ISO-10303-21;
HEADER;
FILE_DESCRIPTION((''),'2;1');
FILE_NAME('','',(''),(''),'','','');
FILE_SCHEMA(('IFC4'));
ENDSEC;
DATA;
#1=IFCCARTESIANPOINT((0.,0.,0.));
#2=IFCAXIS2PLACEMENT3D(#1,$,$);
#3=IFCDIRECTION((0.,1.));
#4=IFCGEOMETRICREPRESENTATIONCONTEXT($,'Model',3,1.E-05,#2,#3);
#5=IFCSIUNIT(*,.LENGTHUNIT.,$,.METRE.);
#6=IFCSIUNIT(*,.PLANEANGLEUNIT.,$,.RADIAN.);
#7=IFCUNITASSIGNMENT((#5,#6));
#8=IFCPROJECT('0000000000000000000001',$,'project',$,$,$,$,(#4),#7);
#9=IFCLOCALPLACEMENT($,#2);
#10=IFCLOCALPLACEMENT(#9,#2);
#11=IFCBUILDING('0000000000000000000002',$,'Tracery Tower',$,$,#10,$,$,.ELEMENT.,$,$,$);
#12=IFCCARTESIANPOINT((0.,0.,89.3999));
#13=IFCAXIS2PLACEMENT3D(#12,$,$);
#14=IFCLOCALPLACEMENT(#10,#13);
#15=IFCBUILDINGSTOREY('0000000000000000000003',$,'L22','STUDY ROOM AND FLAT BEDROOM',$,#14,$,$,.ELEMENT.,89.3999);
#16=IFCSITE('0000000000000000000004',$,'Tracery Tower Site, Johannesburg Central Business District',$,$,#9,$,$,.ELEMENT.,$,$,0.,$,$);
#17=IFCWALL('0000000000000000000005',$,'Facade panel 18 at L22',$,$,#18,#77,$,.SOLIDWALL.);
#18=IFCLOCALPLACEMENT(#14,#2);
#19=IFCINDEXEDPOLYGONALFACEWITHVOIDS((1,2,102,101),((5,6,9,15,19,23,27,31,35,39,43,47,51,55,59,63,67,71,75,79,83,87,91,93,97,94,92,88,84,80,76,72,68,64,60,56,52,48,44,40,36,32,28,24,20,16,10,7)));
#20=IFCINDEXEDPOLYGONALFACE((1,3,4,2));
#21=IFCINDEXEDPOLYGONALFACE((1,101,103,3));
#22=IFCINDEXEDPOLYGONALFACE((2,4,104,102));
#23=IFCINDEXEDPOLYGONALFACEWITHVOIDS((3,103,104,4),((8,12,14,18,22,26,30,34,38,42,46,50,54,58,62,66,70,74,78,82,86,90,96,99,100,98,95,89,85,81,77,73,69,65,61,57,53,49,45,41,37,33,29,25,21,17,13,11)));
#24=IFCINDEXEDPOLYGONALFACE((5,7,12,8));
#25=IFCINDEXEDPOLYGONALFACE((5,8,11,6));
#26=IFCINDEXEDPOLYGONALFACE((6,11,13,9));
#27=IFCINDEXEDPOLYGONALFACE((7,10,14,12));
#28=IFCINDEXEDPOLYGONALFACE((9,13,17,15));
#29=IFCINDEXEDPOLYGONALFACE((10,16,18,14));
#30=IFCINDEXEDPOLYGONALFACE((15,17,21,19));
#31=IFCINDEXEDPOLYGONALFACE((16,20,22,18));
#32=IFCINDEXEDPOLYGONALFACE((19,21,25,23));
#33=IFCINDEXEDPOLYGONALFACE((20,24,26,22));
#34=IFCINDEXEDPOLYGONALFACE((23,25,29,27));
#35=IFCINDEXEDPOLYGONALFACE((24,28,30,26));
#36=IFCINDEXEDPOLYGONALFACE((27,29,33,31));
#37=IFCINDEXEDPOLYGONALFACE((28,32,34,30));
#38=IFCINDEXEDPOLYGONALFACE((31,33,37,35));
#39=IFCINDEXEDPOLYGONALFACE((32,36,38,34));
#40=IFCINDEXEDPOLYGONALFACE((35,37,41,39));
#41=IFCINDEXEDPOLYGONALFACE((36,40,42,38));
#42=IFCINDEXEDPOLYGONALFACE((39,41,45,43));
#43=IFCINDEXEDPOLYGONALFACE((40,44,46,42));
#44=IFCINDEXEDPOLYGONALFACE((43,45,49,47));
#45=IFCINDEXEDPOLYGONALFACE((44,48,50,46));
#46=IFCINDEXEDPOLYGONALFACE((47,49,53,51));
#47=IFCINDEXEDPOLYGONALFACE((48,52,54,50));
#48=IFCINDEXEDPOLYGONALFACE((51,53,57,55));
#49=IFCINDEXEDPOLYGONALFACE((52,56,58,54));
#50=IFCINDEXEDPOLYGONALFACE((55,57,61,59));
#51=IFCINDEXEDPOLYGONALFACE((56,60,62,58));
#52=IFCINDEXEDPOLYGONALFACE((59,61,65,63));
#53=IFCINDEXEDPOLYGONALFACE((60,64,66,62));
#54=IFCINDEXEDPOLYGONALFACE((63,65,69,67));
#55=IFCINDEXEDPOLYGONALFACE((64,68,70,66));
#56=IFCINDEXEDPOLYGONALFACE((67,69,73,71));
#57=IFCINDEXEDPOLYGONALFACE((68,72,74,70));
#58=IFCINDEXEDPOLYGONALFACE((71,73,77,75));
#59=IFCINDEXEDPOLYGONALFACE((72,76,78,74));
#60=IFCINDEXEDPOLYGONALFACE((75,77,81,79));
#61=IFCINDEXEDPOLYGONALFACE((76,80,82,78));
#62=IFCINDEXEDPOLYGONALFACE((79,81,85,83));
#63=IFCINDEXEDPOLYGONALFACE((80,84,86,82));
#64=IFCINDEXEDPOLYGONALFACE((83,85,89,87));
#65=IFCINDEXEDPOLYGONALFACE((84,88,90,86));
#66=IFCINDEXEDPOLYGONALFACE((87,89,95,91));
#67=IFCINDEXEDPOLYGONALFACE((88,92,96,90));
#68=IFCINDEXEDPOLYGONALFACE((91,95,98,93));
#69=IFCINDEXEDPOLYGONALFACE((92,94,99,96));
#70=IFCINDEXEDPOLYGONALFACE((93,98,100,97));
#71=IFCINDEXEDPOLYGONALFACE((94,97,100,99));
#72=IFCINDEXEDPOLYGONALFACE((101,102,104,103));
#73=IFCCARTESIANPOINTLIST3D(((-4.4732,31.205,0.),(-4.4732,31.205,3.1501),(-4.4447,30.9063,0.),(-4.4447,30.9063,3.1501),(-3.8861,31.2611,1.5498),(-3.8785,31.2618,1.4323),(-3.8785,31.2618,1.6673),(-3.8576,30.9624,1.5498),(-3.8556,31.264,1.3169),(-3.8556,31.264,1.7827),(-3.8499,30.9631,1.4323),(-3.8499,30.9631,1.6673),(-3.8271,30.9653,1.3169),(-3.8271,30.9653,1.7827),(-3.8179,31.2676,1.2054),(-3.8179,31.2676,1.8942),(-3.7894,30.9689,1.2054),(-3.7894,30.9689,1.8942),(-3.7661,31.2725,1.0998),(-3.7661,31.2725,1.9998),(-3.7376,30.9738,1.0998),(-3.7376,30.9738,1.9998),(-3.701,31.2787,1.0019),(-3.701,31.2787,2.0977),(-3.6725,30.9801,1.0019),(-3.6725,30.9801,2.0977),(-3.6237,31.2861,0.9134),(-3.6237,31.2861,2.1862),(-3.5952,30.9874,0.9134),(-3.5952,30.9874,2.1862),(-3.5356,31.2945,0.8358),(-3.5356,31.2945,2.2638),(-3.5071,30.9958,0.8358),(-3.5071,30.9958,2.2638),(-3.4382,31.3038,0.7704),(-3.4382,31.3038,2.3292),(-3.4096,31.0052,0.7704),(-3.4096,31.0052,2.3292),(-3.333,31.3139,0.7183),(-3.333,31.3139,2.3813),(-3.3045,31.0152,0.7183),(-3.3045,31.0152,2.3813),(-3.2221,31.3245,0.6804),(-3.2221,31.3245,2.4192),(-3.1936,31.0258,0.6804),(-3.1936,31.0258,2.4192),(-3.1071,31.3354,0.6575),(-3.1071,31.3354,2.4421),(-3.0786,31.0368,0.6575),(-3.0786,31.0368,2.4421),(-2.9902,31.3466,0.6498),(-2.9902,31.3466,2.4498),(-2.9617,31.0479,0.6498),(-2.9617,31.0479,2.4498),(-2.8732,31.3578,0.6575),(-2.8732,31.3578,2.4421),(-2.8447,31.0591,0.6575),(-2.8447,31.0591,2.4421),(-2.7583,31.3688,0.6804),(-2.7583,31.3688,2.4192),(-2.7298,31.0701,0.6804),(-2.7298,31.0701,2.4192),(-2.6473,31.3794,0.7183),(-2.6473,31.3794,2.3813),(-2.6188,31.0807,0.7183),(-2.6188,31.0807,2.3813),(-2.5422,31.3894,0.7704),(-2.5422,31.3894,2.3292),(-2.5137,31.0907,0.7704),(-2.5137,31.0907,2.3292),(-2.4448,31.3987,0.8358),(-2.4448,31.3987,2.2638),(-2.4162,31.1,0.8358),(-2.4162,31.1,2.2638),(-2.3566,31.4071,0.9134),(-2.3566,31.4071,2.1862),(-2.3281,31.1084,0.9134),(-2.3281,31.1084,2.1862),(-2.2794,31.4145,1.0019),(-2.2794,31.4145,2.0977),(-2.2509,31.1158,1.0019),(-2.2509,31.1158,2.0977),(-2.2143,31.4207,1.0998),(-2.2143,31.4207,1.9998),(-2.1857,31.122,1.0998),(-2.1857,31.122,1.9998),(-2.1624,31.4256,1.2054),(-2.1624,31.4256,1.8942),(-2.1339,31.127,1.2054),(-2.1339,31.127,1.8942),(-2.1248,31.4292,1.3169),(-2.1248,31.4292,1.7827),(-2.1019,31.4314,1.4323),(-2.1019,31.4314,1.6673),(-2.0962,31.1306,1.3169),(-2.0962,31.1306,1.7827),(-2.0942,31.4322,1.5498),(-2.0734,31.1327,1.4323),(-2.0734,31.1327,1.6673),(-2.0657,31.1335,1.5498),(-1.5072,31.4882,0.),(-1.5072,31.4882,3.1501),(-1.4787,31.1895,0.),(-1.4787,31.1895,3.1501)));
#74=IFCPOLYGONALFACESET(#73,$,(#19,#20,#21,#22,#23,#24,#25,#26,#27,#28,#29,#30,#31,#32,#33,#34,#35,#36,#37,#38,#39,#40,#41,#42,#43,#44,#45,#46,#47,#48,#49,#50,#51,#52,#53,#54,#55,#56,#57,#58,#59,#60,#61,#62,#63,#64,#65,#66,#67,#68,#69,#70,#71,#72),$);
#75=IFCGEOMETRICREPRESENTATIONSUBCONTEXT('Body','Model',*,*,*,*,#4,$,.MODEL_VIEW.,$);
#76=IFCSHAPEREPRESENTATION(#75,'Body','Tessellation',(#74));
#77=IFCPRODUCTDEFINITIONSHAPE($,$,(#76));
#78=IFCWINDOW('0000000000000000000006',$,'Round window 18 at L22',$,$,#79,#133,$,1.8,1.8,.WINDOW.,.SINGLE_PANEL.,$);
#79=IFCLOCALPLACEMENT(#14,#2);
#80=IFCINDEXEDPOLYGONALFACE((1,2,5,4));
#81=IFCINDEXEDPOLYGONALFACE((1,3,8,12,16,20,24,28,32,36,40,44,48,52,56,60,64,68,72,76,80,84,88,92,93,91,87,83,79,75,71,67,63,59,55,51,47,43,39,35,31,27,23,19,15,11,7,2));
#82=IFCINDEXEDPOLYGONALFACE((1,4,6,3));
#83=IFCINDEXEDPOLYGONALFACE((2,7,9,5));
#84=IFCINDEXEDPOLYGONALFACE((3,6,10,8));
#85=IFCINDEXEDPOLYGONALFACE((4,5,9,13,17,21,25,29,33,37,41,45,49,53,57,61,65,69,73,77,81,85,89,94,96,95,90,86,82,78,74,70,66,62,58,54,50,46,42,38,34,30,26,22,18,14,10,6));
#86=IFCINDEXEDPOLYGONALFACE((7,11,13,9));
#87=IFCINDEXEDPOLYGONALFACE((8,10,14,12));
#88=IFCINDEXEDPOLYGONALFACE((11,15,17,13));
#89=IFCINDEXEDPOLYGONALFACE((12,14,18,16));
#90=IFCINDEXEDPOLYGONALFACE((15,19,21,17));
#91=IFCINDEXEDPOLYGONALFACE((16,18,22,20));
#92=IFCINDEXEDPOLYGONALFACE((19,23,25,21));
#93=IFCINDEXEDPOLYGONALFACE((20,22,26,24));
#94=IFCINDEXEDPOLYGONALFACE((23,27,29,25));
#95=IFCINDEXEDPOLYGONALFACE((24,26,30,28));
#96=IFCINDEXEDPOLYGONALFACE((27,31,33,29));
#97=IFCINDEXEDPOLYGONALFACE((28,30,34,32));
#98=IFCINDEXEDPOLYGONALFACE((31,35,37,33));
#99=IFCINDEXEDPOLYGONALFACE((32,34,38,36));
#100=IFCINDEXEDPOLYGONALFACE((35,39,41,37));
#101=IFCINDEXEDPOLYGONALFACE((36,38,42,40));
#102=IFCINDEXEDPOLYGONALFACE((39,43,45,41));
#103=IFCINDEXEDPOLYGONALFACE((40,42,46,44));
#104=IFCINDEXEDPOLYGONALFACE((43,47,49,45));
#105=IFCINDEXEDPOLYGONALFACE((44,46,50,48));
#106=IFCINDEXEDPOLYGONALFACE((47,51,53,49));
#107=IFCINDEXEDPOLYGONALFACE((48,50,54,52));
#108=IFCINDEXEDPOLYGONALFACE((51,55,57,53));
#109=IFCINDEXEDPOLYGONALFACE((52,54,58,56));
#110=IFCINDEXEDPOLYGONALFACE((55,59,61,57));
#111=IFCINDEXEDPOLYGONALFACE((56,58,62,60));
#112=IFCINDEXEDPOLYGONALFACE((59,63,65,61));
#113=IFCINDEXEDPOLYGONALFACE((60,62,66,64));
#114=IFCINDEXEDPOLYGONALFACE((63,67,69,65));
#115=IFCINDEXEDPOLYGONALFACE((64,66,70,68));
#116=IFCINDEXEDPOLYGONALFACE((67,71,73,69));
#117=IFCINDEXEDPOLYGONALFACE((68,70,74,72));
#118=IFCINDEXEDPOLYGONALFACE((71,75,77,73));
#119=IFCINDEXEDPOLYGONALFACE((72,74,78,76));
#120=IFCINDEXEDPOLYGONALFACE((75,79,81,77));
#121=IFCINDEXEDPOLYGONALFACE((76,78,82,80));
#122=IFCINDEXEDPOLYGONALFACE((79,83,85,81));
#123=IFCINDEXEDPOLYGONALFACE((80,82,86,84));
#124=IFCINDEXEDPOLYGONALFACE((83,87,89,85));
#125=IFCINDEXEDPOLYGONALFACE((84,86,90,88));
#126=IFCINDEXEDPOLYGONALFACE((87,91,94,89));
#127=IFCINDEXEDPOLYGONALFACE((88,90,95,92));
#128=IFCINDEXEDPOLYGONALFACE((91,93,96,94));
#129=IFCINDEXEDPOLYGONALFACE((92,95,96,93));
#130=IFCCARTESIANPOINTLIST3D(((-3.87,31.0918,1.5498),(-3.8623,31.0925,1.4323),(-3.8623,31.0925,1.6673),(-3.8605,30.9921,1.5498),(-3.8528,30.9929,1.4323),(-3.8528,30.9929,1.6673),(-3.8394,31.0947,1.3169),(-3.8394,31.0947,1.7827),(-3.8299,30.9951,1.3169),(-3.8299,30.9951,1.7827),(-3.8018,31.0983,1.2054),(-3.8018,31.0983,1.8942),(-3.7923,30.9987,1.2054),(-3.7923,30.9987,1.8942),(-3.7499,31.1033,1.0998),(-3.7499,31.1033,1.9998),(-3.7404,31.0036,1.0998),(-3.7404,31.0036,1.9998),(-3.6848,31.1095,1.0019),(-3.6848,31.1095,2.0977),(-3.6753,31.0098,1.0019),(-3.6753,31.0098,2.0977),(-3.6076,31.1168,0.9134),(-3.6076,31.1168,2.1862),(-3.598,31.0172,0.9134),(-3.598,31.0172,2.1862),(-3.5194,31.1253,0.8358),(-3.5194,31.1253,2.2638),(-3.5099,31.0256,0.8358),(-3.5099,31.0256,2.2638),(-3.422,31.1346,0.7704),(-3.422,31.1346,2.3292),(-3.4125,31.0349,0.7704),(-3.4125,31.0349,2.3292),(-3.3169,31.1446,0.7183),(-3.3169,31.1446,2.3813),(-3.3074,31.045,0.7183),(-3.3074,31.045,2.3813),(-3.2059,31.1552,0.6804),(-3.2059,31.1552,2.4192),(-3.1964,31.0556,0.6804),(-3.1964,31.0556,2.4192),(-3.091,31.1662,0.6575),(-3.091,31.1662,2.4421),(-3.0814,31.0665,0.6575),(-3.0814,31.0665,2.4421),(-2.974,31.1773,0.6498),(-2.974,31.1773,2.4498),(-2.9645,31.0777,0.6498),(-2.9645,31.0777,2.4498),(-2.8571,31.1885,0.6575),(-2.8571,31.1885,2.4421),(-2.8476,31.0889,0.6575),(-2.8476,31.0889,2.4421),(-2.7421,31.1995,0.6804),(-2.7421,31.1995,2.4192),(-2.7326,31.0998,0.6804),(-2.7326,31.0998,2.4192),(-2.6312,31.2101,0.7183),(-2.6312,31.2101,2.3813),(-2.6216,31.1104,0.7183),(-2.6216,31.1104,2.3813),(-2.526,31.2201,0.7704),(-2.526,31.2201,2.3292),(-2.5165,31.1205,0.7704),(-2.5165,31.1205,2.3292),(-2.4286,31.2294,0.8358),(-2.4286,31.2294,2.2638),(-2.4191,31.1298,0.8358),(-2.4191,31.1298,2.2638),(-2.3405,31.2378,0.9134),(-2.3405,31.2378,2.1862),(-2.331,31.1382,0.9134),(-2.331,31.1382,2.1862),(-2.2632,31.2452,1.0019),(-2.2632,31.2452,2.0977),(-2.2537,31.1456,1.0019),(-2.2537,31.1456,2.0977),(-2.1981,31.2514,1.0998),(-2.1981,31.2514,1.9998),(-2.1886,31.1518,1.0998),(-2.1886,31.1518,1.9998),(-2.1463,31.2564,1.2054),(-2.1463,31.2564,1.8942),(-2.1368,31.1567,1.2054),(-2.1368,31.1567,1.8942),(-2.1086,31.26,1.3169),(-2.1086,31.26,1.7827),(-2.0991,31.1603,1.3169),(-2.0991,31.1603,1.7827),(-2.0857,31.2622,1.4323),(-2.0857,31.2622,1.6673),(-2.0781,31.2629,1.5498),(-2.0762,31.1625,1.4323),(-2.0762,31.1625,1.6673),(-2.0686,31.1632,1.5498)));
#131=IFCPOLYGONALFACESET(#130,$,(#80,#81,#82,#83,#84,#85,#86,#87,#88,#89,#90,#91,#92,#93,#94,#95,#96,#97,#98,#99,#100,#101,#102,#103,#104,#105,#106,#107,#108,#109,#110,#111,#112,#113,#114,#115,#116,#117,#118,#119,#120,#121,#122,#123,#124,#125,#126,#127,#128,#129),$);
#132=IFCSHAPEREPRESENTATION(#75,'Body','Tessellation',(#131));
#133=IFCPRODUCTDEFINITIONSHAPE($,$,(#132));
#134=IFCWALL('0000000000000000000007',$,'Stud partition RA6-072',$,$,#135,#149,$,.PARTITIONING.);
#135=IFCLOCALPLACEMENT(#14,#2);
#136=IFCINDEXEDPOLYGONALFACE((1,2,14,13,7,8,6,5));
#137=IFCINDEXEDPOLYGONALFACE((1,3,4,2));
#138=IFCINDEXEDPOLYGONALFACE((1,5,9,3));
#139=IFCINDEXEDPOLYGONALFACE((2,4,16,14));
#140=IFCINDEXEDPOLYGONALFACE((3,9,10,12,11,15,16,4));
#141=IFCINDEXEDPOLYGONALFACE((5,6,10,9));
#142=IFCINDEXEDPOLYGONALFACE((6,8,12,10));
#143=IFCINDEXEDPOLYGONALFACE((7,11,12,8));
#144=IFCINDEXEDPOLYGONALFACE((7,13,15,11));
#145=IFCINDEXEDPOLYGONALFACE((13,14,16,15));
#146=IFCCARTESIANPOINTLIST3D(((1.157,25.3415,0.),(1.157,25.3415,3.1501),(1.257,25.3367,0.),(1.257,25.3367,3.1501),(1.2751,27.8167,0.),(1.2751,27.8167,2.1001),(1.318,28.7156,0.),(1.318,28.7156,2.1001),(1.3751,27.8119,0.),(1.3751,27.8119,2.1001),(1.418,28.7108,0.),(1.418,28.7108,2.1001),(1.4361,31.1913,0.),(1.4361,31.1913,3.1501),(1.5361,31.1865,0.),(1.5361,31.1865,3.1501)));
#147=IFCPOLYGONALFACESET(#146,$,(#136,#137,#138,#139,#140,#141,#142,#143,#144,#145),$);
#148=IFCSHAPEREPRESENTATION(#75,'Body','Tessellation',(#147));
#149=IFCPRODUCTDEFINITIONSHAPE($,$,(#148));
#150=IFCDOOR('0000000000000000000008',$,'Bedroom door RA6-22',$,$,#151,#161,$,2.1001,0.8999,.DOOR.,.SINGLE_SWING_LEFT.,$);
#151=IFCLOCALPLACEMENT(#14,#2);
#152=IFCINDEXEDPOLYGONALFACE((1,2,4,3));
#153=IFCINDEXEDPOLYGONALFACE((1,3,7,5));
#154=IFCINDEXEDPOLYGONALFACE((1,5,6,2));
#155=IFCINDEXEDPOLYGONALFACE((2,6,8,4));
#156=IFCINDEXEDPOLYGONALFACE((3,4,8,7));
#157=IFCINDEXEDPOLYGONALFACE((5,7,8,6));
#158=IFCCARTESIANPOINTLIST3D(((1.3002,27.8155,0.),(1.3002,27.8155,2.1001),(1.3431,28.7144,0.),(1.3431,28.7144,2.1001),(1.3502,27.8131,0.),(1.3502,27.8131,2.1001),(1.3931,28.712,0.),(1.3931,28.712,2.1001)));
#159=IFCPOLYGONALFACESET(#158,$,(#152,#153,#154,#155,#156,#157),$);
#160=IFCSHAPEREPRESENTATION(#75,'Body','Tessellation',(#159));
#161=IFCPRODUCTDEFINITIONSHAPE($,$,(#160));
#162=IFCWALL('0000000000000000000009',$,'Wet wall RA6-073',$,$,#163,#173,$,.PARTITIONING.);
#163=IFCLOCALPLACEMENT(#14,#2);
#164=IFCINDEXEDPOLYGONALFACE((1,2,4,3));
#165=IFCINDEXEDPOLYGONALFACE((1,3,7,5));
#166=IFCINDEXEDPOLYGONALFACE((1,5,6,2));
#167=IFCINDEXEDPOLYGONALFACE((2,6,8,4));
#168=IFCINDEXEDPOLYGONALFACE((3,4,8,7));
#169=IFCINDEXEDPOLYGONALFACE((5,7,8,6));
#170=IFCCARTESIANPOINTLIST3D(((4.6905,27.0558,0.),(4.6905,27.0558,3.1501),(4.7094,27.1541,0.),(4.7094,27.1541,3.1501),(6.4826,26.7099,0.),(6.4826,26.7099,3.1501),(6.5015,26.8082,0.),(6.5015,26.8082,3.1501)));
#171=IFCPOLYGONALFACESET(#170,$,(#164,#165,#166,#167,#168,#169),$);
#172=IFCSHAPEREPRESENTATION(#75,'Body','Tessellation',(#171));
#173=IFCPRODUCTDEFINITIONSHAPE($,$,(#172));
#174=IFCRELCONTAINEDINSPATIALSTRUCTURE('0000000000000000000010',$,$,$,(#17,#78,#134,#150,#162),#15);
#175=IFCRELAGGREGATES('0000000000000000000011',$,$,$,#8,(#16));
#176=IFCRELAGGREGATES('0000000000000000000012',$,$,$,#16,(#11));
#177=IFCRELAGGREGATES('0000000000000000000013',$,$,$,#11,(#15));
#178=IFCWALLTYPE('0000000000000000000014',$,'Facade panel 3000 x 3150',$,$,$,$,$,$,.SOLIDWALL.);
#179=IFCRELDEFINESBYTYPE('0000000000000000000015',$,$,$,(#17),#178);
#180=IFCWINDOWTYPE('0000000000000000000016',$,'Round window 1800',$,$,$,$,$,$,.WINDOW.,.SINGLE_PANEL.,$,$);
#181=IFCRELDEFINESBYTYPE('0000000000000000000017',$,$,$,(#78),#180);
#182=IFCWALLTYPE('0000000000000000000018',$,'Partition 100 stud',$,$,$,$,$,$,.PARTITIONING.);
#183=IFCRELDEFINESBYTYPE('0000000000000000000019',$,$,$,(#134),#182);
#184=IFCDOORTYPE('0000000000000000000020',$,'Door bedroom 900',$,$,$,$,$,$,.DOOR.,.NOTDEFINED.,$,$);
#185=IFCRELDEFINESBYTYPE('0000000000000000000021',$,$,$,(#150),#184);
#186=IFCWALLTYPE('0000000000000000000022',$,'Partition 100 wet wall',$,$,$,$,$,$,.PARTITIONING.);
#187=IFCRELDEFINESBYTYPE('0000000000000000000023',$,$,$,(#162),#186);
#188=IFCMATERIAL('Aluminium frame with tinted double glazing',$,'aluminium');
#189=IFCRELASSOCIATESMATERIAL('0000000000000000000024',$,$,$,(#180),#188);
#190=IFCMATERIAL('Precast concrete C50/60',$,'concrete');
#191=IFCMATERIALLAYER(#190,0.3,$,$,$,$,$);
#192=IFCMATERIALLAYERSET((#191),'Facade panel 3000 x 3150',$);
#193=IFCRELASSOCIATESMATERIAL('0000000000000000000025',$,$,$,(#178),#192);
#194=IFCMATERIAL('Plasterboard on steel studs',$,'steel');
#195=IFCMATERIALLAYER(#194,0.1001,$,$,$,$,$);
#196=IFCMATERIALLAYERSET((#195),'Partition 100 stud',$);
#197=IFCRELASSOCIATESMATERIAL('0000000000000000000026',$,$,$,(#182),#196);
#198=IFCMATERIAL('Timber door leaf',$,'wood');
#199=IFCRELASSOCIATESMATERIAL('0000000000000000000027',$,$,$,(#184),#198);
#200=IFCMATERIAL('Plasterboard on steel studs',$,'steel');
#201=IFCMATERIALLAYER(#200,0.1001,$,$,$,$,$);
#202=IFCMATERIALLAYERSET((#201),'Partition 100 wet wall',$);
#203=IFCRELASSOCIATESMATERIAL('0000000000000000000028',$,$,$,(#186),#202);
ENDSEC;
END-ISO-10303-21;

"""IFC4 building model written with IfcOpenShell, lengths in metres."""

from ifc_helpers import new_model, si_unit, direction, frame, frame_2d, origin, origin_2d, place, context, subcontext, project, spatial, rectangle, circle, extrude, material, layer, layer_set, type_object, element, fill, save


model = new_model("IFC4")

# Units and contexts
model_context = context("Model", 3, precision=1e-05, world=origin(), true_north=direction((0.0, 1.0)))
body_context = subcontext(model_context, "Body", "Model", "MODEL_VIEW")
ifc_project = project(units=[si_unit("LENGTHUNIT", "METRE"), si_unit("PLANEANGLEUNIT", "RADIAN")], contexts=[model_context])

# Site, building, storey
site_placement = place(None, origin())
site = spatial("IfcSite", under=ifc_project, at=site_placement, Name="Tracery Tower Site, Johannesburg Central Business District", CompositionType="ELEMENT", RefElevation=0.0)
building_placement = place(site_placement, origin())
building = spatial("IfcBuilding", under=site, at=building_placement, Name="Tracery Tower", CompositionType="ELEMENT")
storey_placement = place(building_placement, frame((0.0, 0.0, 89.3999)))
storey = spatial("IfcBuildingStorey", under=building, at=storey_placement, Name="L22", Description="STUDY ROOM AND FLAT BEDROOM", CompositionType="ELEMENT", Elevation=89.3999)

# Wall, opening, window
ifc_material_1 = material(Name="Aluminium frame with tinted double glazing", Category="aluminium")
window_type = type_object("IfcWindowType", Name="Round window 1800", PartitioningType="SINGLE_PANEL", PredefinedType="WINDOW", material=ifc_material_1)
ifc_material_2 = material(Name="Precast concrete C50/60", Category="concrete")
ifc_layer_1 = layer(ifc_material_2, 0.3)
ifc_layer_set_1 = layer_set([ifc_layer_1], Name="Facade panel 3000 x 3150")
wall_type_1 = type_object("IfcWallType", Name="Facade panel 3000 x 3150", PredefinedType="SOLIDWALL", material=ifc_layer_set_1)
wall_1_placement = place(storey_placement, frame((-1.4929, 31.3389, 0.0), z_axis=(0.0, 0.0, 1.0), x_axis=(-0.995473, -0.095049, 0.0)))
wall_1 = element("IfcWall", 1, at=wall_1_placement, inside=storey, type_object=wall_type_1, Name="Facade panel 18 at L22", PredefinedType="SOLIDWALL", context=body_context, shape_type="SweptSolid", body=[
    extrude(rectangle(XDim=2.9795, YDim=0.3, at=frame_2d((1.4897, 0.0))), origin(), (0.0, 0.0, 1.0), 3.1501),
])
opening_1_placement = place(wall_1_placement, frame((1.4897, 0.0, 1.5498)))
opening_1 = element("IfcOpeningElement", 2, at=opening_1_placement, cuts=wall_1, PredefinedType="OPENING", context=body_context, shape_type="SweptSolid", body=[
    extrude(circle(Radius=0.9, at=origin_2d()), frame((0.0, 0.1599, 0.0), z_axis=(0.0, -1.0, 0.0), x_axis=(1.0, 0.0, 0.0)), (0.0, 0.0, 1.0), 0.3201),
])
window_1_placement = place(opening_1_placement, origin())
window_1 = element("IfcWindow", 3, at=window_1_placement, inside=storey, type_object=window_type, Name="Round window 18 at L22", OverallHeight=1.8, OverallWidth=1.8, PartitioningType="SINGLE_PANEL", PredefinedType="WINDOW", context=body_context, shape_type="SweptSolid", body=[
    extrude(circle(Radius=0.9, at=origin_2d()), frame((0.0, 0.1201, 0.0), z_axis=(0.0, -1.0, 0.0), x_axis=(1.0, 0.0, 0.0)), (0.0, 0.0, 1.0), 0.1001),
])
fill(opening_1, window_1)

# Wall, opening, door
ifc_material_3 = material(Name="Plasterboard on steel studs", Category="steel")
ifc_layer_2 = layer(ifc_material_3, 0.1001)
ifc_layer_set_2 = layer_set([ifc_layer_2], Name="Partition 100 stud")
wall_type_2 = type_object("IfcWallType", Name="Partition 100 stud", PredefinedType="PARTITIONING", material=ifc_layer_set_2)
wall_2_placement = place(storey_placement, frame((1.207, 25.3391, 0.0), z_axis=(0.0, 0.0, 1.0), x_axis=(0.047648, 0.998864, 0.0)))
wall_2 = element("IfcWall", 4, at=wall_2_placement, inside=storey, type_object=wall_type_2, Name="Stud partition RA6-072", PredefinedType="PARTITIONING", context=body_context, shape_type="SweptSolid", body=[
    extrude(rectangle(XDim=5.8564, YDim=0.1001, at=frame_2d((2.9282, 0.0))), origin(), (0.0, 0.0, 1.0), 3.1501),
])
opening_2_placement = place(wall_2_placement, frame((2.478, 0.0, 0.0)))
opening_2 = element("IfcOpeningElement", 5, at=opening_2_placement, cuts=wall_2, PredefinedType="OPENING", context=body_context, shape_type="SweptSolid", body=[
    extrude(rectangle(XDim=0.8999, YDim=2.1001, at=frame_2d((0.45, 1.05))), frame((0.0, 0.05, 0.0), z_axis=(0.0, -1.0, 0.0), x_axis=(1.0, 0.0, 0.0)), (0.0, 0.0, 1.0), 0.1001),
])
ifc_material_4 = material(Name="Timber door leaf", Category="wood")
door_type_1 = type_object("IfcDoorType", Name="Door bedroom 900", OperationType="NOTDEFINED", PredefinedType="DOOR", material=ifc_material_4)
door_1_placement = place(opening_2_placement, origin())
door_1 = element("IfcDoor", 6, at=door_1_placement, inside=storey, type_object=door_type_1, Name="Bedroom door RA6-22", OperationType="SINGLE_SWING_LEFT", OverallHeight=2.1001, OverallWidth=0.8999, PredefinedType="DOOR", context=body_context, shape_type="SweptSolid", body=[
    extrude(rectangle(XDim=0.8999, YDim=2.1001, at=frame_2d((0.45, 1.05))), frame((0.0, 0.0249, 0.0), z_axis=(0.0, -1.0, 0.0), x_axis=(1.0, 0.0, 0.0)), (0.0, 0.0, 1.0), 0.05),
])
fill(opening_2, door_1)

# Wall
ifc_material_5 = material(Name="Plasterboard on steel studs", Category="steel")
ifc_layer_3 = layer(ifc_material_5, 0.1001)
ifc_layer_set_3 = layer_set([ifc_layer_3], Name="Partition 100 wet wall")
wall_type_3 = type_object("IfcWallType", Name="Partition 100 wet wall", PredefinedType="PARTITIONING", material=ifc_layer_set_3)
wall_3_placement = place(storey_placement, frame((4.7, 27.105, 0.0), z_axis=(0.0, 0.0, 1.0), x_axis=(0.981871, -0.189552, 0.0)))
element("IfcWall", 7, at=wall_3_placement, inside=storey, type_object=wall_type_3, Name="Wet wall RA6-073", PredefinedType="PARTITIONING", context=body_context, shape_type="SweptSolid", body=[
    extrude(rectangle(XDim=1.8252, YDim=0.1001, at=frame_2d((0.9126, 0.0))), origin(), (0.0, 0.0, 1.0), 3.1501),
])

save(model, "model.ifc")
